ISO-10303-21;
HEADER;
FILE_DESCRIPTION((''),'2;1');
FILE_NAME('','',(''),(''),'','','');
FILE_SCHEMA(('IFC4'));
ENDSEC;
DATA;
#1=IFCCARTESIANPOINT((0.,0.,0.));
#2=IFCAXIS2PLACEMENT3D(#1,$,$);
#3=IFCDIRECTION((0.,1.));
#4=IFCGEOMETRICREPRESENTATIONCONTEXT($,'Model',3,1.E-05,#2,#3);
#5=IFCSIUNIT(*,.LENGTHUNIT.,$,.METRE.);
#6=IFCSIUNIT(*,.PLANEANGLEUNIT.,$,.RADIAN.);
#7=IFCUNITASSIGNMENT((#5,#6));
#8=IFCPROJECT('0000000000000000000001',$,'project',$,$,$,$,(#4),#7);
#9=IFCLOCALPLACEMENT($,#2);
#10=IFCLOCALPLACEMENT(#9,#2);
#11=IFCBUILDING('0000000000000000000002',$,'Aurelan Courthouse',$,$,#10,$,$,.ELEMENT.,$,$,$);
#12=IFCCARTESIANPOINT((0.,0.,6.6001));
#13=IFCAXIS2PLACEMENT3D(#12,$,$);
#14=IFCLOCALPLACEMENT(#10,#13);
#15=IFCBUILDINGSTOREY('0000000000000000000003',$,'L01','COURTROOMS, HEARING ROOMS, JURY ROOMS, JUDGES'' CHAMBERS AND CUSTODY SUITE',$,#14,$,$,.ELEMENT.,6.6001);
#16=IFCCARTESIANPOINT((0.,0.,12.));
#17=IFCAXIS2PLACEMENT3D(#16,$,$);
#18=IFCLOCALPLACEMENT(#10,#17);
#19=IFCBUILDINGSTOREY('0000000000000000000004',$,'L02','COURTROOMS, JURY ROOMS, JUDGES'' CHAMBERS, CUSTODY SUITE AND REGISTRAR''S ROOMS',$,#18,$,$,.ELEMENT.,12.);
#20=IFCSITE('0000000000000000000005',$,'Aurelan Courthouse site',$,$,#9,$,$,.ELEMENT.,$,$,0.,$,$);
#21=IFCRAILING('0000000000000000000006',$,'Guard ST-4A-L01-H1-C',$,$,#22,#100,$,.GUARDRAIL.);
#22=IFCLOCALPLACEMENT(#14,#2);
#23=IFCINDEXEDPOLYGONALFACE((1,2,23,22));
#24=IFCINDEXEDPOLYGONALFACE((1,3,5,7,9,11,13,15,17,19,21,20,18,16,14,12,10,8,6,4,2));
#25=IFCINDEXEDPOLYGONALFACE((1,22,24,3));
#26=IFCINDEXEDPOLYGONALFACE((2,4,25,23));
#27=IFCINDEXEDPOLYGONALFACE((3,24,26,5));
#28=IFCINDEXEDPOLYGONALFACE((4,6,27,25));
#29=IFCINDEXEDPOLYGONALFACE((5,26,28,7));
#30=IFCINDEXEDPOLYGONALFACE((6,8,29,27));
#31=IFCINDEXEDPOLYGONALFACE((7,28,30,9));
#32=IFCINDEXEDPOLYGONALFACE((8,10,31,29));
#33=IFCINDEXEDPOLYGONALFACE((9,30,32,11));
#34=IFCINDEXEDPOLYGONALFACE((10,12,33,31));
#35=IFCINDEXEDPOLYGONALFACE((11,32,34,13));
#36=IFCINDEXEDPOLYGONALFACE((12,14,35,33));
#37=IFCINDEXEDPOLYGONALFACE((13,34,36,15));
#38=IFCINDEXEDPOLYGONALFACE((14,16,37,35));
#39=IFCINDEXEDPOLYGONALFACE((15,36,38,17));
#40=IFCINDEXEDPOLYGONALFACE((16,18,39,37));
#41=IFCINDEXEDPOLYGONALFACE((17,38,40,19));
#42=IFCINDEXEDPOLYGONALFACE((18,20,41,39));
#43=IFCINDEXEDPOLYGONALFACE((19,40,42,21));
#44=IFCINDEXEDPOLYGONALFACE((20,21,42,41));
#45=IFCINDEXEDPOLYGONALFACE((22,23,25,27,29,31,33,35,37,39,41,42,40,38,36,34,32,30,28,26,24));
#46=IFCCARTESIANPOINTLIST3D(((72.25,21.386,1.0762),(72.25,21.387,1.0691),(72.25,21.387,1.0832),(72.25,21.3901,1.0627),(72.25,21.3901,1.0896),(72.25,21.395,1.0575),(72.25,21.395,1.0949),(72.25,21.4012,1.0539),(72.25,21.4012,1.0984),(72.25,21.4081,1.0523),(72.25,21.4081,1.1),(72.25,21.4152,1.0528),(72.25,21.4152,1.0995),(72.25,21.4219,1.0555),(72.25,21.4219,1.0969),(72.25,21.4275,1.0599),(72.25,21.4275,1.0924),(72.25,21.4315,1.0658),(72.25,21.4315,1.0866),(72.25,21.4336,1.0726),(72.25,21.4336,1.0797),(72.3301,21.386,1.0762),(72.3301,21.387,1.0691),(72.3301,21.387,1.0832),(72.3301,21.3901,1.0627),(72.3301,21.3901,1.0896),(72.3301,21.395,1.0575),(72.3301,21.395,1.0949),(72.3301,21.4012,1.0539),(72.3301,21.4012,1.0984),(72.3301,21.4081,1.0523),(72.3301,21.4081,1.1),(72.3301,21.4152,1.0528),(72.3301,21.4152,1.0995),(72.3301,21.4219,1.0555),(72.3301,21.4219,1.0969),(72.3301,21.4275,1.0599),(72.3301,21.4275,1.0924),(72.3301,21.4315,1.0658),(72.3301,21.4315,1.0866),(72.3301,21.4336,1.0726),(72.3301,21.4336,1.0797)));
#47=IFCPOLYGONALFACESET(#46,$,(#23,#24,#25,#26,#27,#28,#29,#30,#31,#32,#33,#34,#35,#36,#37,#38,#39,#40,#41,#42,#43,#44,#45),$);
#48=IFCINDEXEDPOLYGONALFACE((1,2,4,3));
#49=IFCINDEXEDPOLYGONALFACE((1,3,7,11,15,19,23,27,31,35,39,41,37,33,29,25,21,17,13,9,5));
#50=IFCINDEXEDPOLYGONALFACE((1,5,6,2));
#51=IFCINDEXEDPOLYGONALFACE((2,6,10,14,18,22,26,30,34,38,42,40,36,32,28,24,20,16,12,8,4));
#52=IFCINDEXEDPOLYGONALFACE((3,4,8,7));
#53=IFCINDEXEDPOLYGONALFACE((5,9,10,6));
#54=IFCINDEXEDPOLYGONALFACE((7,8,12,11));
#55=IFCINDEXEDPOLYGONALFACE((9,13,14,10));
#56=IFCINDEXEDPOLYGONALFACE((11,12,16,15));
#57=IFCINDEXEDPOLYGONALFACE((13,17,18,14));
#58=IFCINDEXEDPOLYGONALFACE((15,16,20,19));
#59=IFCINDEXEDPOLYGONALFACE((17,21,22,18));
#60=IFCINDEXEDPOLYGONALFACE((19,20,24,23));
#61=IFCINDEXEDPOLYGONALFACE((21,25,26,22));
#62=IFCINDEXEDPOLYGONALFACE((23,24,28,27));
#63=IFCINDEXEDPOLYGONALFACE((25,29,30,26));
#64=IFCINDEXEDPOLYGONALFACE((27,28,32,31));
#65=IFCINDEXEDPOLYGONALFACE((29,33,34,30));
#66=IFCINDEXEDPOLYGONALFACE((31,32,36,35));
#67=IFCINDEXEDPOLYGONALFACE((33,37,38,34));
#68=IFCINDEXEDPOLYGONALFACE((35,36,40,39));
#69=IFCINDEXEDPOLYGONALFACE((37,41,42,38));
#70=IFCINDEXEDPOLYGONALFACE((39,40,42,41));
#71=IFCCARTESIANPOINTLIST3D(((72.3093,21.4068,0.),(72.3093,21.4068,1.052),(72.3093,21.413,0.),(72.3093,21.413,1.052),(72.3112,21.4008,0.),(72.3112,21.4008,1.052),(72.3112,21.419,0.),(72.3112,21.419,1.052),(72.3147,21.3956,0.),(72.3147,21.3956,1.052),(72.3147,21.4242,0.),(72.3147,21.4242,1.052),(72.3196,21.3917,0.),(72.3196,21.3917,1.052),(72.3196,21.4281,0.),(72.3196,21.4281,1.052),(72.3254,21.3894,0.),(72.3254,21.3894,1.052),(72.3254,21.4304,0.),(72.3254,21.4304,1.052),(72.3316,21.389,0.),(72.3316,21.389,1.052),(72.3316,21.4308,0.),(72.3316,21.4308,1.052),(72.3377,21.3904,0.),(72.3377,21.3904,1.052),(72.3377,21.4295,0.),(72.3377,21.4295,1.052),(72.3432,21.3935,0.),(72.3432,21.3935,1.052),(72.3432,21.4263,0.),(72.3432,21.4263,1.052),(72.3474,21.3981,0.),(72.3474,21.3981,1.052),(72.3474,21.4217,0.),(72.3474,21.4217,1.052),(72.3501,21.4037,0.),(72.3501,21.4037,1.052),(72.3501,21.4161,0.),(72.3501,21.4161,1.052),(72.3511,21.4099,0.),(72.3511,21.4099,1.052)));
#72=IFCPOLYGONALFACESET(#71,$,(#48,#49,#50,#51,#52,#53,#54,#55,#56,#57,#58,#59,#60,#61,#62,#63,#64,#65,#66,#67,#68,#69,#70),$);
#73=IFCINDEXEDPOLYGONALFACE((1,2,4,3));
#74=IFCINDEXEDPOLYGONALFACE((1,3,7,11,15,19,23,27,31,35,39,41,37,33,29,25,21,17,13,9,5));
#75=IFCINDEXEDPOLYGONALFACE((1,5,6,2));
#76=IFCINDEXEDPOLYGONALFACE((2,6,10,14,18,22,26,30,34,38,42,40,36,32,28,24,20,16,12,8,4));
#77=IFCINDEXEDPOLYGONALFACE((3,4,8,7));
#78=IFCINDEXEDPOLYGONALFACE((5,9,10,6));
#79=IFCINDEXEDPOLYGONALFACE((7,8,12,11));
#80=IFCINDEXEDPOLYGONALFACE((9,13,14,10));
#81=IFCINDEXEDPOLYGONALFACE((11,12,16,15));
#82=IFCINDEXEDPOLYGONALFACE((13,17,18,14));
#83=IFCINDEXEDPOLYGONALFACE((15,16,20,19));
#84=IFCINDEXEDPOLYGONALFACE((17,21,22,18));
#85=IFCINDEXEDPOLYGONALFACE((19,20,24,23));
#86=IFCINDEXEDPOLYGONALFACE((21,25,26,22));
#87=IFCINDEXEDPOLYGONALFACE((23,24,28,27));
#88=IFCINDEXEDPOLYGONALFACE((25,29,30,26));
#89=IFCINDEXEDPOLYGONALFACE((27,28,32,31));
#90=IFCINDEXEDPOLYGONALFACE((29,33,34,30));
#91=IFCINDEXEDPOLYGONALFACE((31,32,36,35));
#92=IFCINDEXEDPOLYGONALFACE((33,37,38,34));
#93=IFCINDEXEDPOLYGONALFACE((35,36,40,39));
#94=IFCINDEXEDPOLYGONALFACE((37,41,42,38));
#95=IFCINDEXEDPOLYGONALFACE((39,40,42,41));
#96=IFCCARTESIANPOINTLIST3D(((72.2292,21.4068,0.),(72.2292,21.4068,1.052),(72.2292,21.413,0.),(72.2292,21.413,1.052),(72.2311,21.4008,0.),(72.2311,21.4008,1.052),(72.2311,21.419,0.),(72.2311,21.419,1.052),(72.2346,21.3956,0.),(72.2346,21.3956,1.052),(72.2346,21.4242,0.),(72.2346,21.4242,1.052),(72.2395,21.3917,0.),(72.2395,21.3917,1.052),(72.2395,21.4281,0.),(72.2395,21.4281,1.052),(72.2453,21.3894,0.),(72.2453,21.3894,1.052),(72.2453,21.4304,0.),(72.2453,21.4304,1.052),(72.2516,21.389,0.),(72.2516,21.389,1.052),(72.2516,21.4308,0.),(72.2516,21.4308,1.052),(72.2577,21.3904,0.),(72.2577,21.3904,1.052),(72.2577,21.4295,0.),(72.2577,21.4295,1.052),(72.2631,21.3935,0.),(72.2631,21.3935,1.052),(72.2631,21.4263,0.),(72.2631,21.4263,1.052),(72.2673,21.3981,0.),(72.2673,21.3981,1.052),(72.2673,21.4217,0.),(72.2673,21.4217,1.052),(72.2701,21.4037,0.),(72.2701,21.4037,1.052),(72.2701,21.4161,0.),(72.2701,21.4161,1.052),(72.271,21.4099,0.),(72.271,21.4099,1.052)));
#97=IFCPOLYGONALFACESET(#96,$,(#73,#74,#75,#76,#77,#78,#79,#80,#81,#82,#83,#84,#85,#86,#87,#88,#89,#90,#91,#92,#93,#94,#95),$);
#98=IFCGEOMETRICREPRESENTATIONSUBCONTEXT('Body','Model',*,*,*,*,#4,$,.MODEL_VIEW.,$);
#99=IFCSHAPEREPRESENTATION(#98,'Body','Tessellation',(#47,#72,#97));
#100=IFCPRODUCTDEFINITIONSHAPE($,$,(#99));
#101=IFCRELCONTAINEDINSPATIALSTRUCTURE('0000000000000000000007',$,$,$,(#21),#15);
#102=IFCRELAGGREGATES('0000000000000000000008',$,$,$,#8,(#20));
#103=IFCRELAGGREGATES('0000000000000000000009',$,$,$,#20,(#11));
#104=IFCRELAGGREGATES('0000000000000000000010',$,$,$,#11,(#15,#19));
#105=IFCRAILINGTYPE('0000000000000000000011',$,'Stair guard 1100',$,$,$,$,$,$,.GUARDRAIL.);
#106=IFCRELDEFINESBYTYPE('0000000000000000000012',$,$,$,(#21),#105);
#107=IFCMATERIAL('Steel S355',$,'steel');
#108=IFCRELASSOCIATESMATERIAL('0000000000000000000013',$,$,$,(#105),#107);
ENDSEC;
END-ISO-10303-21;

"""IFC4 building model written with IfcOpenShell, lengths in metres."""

from ifc_helpers import new_model, si_unit, direction, frame, origin, origin_2d, place, context, subcontext, project, spatial, circle, extrude, material, type_object, element, save


model = new_model("IFC4")

# Units and contexts
model_context = context("Model", 3, precision=1e-05, world=origin(), true_north=direction((0.0, 1.0)))
body_context = subcontext(model_context, "Body", "Model", "MODEL_VIEW")
ifc_project = project(units=[si_unit("LENGTHUNIT", "METRE"), si_unit("PLANEANGLEUNIT", "RADIAN")], contexts=[model_context])

# Site, building, storey
site_placement = place(None, origin())
site = spatial("IfcSite", under=ifc_project, at=site_placement, Name="Aurelan Courthouse site", CompositionType="ELEMENT", RefElevation=0.0)
building_placement = place(site_placement, origin())
building = spatial("IfcBuilding", under=site, at=building_placement, Name="Aurelan Courthouse", CompositionType="ELEMENT")
storey_1_placement = place(building_placement, frame((0.0, 0.0, 6.6001)))
storey_1 = spatial("IfcBuildingStorey", under=building, at=storey_1_placement, Name="L01", Description="COURTROOMS, HEARING ROOMS, JURY ROOMS, JUDGES' CHAMBERS AND CUSTODY SUITE", CompositionType="ELEMENT", Elevation=6.6001)

# Shared definitions
storey_2_placement = place(building_placement, frame((0.0, 0.0, 12.0)))
storey_2 = spatial("IfcBuildingStorey", under=building, at=storey_2_placement, Name="L02", Description="COURTROOMS, JURY ROOMS, JUDGES' CHAMBERS, CUSTODY SUITE AND REGISTRAR'S ROOMS", CompositionType="ELEMENT", Elevation=12.0)

# Railing
ifc_material_1 = material(Name="Steel S355", Category="steel")
railing_type_1 = type_object("IfcRailingType", Name="Stair guard 1100", PredefinedType="GUARDRAIL", material=ifc_material_1)
railing_placement = place(storey_1_placement, frame((72.3301, 21.4099, 0.0)))
element("IfcRailing", 1, at=railing_placement, inside=storey_1, type_object=railing_type_1, Name="Guard ST-4A-L01-H1-C", PredefinedType="GUARDRAIL", context=body_context, shape_type="SweptSolid", body=[
    extrude(circle(Radius=0.0239, at=origin_2d()), frame((0.0, 0.0, 1.0762), z_axis=(-1.0, 0.0, 0.0), x_axis=(0.0, -1.0, 0.0)), (0.0, 0.0, 1.0), 0.0801),
    extrude(circle(Radius=0.021, at=origin_2d()), origin(), (0.0, 0.0, 1.0), 1.052),
    extrude(circle(Radius=0.021, at=origin_2d()), frame((-0.0801, 0.0, 0.0)), (0.0, 0.0, 1.0), 1.052),
])

save(model, "model.ifc")
